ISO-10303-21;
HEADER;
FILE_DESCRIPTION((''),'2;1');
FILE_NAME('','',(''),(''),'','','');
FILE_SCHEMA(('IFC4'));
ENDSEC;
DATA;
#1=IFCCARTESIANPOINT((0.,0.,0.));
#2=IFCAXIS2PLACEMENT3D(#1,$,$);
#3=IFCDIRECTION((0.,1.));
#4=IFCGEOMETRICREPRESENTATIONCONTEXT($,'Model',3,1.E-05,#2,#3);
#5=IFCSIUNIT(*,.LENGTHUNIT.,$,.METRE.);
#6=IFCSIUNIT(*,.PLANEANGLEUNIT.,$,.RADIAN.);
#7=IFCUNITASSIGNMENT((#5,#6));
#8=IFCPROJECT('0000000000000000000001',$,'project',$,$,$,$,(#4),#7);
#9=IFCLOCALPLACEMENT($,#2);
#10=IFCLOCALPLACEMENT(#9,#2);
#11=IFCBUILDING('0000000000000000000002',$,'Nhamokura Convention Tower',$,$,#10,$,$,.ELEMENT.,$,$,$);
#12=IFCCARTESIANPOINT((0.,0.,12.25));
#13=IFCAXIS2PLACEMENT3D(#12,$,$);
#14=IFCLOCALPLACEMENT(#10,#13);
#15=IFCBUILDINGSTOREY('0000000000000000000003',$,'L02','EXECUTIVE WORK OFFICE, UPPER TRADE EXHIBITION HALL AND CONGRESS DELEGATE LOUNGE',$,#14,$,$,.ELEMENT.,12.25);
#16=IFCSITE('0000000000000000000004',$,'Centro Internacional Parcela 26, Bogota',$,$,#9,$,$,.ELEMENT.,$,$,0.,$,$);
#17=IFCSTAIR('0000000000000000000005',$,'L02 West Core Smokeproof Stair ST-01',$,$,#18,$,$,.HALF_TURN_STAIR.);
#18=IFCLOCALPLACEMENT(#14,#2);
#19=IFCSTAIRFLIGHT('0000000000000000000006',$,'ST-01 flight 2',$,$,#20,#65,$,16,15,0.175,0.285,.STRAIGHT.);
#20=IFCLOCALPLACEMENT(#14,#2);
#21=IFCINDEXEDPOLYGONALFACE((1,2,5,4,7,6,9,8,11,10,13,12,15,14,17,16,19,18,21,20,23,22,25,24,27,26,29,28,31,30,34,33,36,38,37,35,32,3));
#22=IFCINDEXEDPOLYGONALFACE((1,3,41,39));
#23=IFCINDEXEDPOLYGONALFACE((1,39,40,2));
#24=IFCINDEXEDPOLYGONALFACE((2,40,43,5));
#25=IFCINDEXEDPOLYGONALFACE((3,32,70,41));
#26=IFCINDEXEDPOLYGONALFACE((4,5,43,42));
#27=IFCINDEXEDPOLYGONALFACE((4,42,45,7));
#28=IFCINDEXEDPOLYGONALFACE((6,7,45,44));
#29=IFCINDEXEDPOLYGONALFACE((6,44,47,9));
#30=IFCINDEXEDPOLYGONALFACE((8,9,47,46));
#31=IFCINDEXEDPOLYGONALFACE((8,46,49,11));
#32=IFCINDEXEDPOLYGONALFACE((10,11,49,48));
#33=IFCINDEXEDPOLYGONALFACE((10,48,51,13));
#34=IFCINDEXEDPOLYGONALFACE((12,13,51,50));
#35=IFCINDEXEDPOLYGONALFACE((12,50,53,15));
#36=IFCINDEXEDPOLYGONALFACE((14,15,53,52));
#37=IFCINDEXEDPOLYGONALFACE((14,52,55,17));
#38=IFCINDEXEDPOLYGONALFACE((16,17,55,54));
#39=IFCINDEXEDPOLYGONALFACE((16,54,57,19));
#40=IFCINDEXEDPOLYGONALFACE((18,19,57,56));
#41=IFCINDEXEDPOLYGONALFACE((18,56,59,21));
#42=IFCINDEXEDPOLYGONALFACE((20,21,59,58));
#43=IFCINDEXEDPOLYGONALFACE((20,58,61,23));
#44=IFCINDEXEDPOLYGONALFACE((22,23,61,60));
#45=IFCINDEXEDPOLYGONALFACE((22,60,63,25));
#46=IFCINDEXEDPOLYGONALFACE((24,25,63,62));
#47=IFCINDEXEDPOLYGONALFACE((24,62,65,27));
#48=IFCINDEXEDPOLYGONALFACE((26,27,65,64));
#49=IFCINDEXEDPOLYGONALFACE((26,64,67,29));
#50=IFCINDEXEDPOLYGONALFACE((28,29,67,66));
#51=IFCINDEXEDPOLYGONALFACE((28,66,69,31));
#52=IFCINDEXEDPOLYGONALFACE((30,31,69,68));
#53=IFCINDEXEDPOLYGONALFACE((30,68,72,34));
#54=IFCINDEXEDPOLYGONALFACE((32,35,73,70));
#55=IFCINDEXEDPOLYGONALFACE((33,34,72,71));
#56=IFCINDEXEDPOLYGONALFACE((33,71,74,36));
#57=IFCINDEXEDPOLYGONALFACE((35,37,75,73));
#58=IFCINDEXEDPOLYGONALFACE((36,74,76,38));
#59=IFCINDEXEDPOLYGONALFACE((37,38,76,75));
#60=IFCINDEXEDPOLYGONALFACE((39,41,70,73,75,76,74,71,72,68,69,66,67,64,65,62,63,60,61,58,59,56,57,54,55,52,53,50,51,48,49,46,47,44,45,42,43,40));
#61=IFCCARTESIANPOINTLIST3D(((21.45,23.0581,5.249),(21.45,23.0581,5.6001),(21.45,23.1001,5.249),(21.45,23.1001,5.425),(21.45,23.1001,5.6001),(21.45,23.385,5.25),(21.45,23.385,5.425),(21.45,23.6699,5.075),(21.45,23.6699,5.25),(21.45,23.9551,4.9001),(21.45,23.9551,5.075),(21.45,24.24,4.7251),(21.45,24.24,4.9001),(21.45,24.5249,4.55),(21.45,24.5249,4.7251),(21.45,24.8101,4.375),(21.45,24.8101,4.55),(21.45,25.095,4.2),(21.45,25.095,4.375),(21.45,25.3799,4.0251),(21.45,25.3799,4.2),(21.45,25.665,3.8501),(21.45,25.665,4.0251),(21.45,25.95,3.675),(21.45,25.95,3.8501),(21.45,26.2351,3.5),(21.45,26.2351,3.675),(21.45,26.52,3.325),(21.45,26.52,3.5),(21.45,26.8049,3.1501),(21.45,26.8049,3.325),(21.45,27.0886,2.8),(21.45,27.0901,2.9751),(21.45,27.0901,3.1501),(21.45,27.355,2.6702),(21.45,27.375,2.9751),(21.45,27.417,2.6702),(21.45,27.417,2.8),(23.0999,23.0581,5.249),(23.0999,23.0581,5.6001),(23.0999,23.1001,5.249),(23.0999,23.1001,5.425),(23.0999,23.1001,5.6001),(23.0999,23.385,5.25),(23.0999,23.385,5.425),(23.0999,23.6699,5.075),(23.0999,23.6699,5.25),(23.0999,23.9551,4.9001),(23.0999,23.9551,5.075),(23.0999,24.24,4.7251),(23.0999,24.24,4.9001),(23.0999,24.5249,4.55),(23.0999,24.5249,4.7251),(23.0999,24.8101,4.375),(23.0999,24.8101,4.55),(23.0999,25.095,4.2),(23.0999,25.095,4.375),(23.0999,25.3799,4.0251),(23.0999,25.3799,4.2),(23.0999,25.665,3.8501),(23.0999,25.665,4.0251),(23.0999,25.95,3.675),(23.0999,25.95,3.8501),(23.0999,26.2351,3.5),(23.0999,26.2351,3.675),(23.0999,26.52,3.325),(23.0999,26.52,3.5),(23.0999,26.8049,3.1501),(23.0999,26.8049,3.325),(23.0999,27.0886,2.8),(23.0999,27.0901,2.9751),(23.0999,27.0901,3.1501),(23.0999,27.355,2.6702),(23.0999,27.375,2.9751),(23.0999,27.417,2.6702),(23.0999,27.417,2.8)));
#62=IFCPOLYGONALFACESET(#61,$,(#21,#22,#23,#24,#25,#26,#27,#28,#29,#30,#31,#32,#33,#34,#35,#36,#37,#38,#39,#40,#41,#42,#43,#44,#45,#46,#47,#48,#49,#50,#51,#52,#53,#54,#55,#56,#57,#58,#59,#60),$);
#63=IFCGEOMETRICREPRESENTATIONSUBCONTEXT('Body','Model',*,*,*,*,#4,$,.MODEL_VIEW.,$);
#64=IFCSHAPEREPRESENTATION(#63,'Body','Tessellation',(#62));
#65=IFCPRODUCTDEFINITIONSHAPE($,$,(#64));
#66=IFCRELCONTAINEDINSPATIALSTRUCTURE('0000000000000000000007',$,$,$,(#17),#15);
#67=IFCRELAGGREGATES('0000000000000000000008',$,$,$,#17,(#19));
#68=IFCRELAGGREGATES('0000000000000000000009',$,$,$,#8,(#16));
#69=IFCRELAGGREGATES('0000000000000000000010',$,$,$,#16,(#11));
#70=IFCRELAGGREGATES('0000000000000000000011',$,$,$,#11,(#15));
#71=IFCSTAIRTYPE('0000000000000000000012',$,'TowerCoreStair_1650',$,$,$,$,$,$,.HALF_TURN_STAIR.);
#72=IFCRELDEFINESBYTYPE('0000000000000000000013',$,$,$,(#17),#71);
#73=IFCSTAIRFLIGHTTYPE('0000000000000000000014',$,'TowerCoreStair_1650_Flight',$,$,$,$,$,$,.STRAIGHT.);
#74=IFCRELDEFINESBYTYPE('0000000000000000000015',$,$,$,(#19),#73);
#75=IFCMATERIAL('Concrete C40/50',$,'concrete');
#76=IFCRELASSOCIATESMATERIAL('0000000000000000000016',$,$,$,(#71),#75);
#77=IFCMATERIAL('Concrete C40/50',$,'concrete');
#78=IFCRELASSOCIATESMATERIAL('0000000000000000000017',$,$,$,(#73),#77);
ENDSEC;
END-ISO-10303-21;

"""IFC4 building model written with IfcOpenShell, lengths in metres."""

from ifc_helpers import new_model, si_unit, direction, frame, origin, place, context, subcontext, project, spatial, polyline, outline, extrude, material, type_object, element, aggregate, save


model = new_model("IFC4")

# Units and contexts
model_context = context("Model", 3, precision=1e-05, world=origin(), true_north=direction((0.0, 1.0)))
body_context = subcontext(model_context, "Body", "Model", "MODEL_VIEW")
ifc_project = project(units=[si_unit("LENGTHUNIT", "METRE"), si_unit("PLANEANGLEUNIT", "RADIAN")], contexts=[model_context])

# Site, building, storey
site_placement = place(None, origin())
site = spatial("IfcSite", under=ifc_project, at=site_placement, Name="Centro Internacional Parcela 26, Bogota", CompositionType="ELEMENT", RefElevation=0.0)
building_placement = place(site_placement, origin())
building = spatial("IfcBuilding", under=site, at=building_placement, Name="Nhamokura Convention Tower", CompositionType="ELEMENT")
storey_placement = place(building_placement, frame((0.0, 0.0, 12.25)))
storey = spatial("IfcBuildingStorey", under=building, at=storey_placement, Name="L02", Description="EXECUTIVE WORK OFFICE, UPPER TRADE EXHIBITION HALL AND CONGRESS DELEGATE LOUNGE", CompositionType="ELEMENT", Elevation=12.25)

# Stair, stair flight
ifc_material_1 = material(Name="Concrete C40/50", Category="concrete")
stair_type = type_object("IfcStairType", Name="TowerCoreStair_1650", PredefinedType="HALF_TURN_STAIR", material=ifc_material_1)
stair_placement = place(storey_placement, origin())
stair = element("IfcStair", 1, at=stair_placement, inside=storey, type_object=stair_type, Name="L02 West Core Smokeproof Stair ST-01", PredefinedType="HALF_TURN_STAIR")
ifc_material_2 = material(Name="Concrete C40/50", Category="concrete")
stair_flight_type = type_object("IfcStairFlightType", Name="TowerCoreStair_1650_Flight", PredefinedType="STRAIGHT", material=ifc_material_2)
stair_flight_1_placement = place(storey_placement, frame((22.2749, 27.375, 2.8), z_axis=(0.0, 0.0, 1.0), x_axis=(0.0, -1.0, 0.0)))
stair_flight_1 = element("IfcStairFlight", 2, at=stair_flight_1_placement, type_object=stair_flight_type, Name="ST-01 flight 2", NumberOfRisers=16, NumberOfTreads=15, PredefinedType="STRAIGHT", RiserHeight=0.175, TreadLength=0.285, context=body_context, shape_type="SweptSolid", body=[
    extrude(outline(polyline([(-0.042, 0.0), (0.0, 0.175), (0.2849, 0.175), (0.2849, 0.3501), (0.5701, 0.3501), (0.5701, 0.5249), (0.855, 0.5249), (0.855, 0.7), (1.1399, 0.7), (1.1399, 0.875), (1.425, 0.875), (1.425, 1.05), (1.71, 1.05), (1.71, 1.2251), (1.9951, 1.2251), (1.9951, 1.3999), (2.28, 1.3999), (2.28, 1.575), (2.5649, 1.575), (2.5649, 1.75), (2.8501, 1.75), (2.8501, 1.925), (3.135, 1.925), (3.135, 2.1001), (3.4199, 2.1001), (3.4199, 2.2749), (3.7051, 2.2749), (3.7051, 2.45), (3.99, 2.45), (3.99, 2.625), (4.2749, 2.625), (4.2749, 2.8), (4.3169, 2.8), (4.3169, 2.449), (4.2749, 2.449), (0.2864, 0.0), (0.02, -0.1299), (-0.042, -0.1299), (-0.042, 0.0)])), frame((0.0, 0.825, 0.0), z_axis=(0.0, -1.0, 0.0), x_axis=(1.0, 0.0, 0.0)), (0.0, 0.0, 1.0), 1.6499),
])
aggregate(stair, [stair_flight_1])

save(model, "model.ifc")
